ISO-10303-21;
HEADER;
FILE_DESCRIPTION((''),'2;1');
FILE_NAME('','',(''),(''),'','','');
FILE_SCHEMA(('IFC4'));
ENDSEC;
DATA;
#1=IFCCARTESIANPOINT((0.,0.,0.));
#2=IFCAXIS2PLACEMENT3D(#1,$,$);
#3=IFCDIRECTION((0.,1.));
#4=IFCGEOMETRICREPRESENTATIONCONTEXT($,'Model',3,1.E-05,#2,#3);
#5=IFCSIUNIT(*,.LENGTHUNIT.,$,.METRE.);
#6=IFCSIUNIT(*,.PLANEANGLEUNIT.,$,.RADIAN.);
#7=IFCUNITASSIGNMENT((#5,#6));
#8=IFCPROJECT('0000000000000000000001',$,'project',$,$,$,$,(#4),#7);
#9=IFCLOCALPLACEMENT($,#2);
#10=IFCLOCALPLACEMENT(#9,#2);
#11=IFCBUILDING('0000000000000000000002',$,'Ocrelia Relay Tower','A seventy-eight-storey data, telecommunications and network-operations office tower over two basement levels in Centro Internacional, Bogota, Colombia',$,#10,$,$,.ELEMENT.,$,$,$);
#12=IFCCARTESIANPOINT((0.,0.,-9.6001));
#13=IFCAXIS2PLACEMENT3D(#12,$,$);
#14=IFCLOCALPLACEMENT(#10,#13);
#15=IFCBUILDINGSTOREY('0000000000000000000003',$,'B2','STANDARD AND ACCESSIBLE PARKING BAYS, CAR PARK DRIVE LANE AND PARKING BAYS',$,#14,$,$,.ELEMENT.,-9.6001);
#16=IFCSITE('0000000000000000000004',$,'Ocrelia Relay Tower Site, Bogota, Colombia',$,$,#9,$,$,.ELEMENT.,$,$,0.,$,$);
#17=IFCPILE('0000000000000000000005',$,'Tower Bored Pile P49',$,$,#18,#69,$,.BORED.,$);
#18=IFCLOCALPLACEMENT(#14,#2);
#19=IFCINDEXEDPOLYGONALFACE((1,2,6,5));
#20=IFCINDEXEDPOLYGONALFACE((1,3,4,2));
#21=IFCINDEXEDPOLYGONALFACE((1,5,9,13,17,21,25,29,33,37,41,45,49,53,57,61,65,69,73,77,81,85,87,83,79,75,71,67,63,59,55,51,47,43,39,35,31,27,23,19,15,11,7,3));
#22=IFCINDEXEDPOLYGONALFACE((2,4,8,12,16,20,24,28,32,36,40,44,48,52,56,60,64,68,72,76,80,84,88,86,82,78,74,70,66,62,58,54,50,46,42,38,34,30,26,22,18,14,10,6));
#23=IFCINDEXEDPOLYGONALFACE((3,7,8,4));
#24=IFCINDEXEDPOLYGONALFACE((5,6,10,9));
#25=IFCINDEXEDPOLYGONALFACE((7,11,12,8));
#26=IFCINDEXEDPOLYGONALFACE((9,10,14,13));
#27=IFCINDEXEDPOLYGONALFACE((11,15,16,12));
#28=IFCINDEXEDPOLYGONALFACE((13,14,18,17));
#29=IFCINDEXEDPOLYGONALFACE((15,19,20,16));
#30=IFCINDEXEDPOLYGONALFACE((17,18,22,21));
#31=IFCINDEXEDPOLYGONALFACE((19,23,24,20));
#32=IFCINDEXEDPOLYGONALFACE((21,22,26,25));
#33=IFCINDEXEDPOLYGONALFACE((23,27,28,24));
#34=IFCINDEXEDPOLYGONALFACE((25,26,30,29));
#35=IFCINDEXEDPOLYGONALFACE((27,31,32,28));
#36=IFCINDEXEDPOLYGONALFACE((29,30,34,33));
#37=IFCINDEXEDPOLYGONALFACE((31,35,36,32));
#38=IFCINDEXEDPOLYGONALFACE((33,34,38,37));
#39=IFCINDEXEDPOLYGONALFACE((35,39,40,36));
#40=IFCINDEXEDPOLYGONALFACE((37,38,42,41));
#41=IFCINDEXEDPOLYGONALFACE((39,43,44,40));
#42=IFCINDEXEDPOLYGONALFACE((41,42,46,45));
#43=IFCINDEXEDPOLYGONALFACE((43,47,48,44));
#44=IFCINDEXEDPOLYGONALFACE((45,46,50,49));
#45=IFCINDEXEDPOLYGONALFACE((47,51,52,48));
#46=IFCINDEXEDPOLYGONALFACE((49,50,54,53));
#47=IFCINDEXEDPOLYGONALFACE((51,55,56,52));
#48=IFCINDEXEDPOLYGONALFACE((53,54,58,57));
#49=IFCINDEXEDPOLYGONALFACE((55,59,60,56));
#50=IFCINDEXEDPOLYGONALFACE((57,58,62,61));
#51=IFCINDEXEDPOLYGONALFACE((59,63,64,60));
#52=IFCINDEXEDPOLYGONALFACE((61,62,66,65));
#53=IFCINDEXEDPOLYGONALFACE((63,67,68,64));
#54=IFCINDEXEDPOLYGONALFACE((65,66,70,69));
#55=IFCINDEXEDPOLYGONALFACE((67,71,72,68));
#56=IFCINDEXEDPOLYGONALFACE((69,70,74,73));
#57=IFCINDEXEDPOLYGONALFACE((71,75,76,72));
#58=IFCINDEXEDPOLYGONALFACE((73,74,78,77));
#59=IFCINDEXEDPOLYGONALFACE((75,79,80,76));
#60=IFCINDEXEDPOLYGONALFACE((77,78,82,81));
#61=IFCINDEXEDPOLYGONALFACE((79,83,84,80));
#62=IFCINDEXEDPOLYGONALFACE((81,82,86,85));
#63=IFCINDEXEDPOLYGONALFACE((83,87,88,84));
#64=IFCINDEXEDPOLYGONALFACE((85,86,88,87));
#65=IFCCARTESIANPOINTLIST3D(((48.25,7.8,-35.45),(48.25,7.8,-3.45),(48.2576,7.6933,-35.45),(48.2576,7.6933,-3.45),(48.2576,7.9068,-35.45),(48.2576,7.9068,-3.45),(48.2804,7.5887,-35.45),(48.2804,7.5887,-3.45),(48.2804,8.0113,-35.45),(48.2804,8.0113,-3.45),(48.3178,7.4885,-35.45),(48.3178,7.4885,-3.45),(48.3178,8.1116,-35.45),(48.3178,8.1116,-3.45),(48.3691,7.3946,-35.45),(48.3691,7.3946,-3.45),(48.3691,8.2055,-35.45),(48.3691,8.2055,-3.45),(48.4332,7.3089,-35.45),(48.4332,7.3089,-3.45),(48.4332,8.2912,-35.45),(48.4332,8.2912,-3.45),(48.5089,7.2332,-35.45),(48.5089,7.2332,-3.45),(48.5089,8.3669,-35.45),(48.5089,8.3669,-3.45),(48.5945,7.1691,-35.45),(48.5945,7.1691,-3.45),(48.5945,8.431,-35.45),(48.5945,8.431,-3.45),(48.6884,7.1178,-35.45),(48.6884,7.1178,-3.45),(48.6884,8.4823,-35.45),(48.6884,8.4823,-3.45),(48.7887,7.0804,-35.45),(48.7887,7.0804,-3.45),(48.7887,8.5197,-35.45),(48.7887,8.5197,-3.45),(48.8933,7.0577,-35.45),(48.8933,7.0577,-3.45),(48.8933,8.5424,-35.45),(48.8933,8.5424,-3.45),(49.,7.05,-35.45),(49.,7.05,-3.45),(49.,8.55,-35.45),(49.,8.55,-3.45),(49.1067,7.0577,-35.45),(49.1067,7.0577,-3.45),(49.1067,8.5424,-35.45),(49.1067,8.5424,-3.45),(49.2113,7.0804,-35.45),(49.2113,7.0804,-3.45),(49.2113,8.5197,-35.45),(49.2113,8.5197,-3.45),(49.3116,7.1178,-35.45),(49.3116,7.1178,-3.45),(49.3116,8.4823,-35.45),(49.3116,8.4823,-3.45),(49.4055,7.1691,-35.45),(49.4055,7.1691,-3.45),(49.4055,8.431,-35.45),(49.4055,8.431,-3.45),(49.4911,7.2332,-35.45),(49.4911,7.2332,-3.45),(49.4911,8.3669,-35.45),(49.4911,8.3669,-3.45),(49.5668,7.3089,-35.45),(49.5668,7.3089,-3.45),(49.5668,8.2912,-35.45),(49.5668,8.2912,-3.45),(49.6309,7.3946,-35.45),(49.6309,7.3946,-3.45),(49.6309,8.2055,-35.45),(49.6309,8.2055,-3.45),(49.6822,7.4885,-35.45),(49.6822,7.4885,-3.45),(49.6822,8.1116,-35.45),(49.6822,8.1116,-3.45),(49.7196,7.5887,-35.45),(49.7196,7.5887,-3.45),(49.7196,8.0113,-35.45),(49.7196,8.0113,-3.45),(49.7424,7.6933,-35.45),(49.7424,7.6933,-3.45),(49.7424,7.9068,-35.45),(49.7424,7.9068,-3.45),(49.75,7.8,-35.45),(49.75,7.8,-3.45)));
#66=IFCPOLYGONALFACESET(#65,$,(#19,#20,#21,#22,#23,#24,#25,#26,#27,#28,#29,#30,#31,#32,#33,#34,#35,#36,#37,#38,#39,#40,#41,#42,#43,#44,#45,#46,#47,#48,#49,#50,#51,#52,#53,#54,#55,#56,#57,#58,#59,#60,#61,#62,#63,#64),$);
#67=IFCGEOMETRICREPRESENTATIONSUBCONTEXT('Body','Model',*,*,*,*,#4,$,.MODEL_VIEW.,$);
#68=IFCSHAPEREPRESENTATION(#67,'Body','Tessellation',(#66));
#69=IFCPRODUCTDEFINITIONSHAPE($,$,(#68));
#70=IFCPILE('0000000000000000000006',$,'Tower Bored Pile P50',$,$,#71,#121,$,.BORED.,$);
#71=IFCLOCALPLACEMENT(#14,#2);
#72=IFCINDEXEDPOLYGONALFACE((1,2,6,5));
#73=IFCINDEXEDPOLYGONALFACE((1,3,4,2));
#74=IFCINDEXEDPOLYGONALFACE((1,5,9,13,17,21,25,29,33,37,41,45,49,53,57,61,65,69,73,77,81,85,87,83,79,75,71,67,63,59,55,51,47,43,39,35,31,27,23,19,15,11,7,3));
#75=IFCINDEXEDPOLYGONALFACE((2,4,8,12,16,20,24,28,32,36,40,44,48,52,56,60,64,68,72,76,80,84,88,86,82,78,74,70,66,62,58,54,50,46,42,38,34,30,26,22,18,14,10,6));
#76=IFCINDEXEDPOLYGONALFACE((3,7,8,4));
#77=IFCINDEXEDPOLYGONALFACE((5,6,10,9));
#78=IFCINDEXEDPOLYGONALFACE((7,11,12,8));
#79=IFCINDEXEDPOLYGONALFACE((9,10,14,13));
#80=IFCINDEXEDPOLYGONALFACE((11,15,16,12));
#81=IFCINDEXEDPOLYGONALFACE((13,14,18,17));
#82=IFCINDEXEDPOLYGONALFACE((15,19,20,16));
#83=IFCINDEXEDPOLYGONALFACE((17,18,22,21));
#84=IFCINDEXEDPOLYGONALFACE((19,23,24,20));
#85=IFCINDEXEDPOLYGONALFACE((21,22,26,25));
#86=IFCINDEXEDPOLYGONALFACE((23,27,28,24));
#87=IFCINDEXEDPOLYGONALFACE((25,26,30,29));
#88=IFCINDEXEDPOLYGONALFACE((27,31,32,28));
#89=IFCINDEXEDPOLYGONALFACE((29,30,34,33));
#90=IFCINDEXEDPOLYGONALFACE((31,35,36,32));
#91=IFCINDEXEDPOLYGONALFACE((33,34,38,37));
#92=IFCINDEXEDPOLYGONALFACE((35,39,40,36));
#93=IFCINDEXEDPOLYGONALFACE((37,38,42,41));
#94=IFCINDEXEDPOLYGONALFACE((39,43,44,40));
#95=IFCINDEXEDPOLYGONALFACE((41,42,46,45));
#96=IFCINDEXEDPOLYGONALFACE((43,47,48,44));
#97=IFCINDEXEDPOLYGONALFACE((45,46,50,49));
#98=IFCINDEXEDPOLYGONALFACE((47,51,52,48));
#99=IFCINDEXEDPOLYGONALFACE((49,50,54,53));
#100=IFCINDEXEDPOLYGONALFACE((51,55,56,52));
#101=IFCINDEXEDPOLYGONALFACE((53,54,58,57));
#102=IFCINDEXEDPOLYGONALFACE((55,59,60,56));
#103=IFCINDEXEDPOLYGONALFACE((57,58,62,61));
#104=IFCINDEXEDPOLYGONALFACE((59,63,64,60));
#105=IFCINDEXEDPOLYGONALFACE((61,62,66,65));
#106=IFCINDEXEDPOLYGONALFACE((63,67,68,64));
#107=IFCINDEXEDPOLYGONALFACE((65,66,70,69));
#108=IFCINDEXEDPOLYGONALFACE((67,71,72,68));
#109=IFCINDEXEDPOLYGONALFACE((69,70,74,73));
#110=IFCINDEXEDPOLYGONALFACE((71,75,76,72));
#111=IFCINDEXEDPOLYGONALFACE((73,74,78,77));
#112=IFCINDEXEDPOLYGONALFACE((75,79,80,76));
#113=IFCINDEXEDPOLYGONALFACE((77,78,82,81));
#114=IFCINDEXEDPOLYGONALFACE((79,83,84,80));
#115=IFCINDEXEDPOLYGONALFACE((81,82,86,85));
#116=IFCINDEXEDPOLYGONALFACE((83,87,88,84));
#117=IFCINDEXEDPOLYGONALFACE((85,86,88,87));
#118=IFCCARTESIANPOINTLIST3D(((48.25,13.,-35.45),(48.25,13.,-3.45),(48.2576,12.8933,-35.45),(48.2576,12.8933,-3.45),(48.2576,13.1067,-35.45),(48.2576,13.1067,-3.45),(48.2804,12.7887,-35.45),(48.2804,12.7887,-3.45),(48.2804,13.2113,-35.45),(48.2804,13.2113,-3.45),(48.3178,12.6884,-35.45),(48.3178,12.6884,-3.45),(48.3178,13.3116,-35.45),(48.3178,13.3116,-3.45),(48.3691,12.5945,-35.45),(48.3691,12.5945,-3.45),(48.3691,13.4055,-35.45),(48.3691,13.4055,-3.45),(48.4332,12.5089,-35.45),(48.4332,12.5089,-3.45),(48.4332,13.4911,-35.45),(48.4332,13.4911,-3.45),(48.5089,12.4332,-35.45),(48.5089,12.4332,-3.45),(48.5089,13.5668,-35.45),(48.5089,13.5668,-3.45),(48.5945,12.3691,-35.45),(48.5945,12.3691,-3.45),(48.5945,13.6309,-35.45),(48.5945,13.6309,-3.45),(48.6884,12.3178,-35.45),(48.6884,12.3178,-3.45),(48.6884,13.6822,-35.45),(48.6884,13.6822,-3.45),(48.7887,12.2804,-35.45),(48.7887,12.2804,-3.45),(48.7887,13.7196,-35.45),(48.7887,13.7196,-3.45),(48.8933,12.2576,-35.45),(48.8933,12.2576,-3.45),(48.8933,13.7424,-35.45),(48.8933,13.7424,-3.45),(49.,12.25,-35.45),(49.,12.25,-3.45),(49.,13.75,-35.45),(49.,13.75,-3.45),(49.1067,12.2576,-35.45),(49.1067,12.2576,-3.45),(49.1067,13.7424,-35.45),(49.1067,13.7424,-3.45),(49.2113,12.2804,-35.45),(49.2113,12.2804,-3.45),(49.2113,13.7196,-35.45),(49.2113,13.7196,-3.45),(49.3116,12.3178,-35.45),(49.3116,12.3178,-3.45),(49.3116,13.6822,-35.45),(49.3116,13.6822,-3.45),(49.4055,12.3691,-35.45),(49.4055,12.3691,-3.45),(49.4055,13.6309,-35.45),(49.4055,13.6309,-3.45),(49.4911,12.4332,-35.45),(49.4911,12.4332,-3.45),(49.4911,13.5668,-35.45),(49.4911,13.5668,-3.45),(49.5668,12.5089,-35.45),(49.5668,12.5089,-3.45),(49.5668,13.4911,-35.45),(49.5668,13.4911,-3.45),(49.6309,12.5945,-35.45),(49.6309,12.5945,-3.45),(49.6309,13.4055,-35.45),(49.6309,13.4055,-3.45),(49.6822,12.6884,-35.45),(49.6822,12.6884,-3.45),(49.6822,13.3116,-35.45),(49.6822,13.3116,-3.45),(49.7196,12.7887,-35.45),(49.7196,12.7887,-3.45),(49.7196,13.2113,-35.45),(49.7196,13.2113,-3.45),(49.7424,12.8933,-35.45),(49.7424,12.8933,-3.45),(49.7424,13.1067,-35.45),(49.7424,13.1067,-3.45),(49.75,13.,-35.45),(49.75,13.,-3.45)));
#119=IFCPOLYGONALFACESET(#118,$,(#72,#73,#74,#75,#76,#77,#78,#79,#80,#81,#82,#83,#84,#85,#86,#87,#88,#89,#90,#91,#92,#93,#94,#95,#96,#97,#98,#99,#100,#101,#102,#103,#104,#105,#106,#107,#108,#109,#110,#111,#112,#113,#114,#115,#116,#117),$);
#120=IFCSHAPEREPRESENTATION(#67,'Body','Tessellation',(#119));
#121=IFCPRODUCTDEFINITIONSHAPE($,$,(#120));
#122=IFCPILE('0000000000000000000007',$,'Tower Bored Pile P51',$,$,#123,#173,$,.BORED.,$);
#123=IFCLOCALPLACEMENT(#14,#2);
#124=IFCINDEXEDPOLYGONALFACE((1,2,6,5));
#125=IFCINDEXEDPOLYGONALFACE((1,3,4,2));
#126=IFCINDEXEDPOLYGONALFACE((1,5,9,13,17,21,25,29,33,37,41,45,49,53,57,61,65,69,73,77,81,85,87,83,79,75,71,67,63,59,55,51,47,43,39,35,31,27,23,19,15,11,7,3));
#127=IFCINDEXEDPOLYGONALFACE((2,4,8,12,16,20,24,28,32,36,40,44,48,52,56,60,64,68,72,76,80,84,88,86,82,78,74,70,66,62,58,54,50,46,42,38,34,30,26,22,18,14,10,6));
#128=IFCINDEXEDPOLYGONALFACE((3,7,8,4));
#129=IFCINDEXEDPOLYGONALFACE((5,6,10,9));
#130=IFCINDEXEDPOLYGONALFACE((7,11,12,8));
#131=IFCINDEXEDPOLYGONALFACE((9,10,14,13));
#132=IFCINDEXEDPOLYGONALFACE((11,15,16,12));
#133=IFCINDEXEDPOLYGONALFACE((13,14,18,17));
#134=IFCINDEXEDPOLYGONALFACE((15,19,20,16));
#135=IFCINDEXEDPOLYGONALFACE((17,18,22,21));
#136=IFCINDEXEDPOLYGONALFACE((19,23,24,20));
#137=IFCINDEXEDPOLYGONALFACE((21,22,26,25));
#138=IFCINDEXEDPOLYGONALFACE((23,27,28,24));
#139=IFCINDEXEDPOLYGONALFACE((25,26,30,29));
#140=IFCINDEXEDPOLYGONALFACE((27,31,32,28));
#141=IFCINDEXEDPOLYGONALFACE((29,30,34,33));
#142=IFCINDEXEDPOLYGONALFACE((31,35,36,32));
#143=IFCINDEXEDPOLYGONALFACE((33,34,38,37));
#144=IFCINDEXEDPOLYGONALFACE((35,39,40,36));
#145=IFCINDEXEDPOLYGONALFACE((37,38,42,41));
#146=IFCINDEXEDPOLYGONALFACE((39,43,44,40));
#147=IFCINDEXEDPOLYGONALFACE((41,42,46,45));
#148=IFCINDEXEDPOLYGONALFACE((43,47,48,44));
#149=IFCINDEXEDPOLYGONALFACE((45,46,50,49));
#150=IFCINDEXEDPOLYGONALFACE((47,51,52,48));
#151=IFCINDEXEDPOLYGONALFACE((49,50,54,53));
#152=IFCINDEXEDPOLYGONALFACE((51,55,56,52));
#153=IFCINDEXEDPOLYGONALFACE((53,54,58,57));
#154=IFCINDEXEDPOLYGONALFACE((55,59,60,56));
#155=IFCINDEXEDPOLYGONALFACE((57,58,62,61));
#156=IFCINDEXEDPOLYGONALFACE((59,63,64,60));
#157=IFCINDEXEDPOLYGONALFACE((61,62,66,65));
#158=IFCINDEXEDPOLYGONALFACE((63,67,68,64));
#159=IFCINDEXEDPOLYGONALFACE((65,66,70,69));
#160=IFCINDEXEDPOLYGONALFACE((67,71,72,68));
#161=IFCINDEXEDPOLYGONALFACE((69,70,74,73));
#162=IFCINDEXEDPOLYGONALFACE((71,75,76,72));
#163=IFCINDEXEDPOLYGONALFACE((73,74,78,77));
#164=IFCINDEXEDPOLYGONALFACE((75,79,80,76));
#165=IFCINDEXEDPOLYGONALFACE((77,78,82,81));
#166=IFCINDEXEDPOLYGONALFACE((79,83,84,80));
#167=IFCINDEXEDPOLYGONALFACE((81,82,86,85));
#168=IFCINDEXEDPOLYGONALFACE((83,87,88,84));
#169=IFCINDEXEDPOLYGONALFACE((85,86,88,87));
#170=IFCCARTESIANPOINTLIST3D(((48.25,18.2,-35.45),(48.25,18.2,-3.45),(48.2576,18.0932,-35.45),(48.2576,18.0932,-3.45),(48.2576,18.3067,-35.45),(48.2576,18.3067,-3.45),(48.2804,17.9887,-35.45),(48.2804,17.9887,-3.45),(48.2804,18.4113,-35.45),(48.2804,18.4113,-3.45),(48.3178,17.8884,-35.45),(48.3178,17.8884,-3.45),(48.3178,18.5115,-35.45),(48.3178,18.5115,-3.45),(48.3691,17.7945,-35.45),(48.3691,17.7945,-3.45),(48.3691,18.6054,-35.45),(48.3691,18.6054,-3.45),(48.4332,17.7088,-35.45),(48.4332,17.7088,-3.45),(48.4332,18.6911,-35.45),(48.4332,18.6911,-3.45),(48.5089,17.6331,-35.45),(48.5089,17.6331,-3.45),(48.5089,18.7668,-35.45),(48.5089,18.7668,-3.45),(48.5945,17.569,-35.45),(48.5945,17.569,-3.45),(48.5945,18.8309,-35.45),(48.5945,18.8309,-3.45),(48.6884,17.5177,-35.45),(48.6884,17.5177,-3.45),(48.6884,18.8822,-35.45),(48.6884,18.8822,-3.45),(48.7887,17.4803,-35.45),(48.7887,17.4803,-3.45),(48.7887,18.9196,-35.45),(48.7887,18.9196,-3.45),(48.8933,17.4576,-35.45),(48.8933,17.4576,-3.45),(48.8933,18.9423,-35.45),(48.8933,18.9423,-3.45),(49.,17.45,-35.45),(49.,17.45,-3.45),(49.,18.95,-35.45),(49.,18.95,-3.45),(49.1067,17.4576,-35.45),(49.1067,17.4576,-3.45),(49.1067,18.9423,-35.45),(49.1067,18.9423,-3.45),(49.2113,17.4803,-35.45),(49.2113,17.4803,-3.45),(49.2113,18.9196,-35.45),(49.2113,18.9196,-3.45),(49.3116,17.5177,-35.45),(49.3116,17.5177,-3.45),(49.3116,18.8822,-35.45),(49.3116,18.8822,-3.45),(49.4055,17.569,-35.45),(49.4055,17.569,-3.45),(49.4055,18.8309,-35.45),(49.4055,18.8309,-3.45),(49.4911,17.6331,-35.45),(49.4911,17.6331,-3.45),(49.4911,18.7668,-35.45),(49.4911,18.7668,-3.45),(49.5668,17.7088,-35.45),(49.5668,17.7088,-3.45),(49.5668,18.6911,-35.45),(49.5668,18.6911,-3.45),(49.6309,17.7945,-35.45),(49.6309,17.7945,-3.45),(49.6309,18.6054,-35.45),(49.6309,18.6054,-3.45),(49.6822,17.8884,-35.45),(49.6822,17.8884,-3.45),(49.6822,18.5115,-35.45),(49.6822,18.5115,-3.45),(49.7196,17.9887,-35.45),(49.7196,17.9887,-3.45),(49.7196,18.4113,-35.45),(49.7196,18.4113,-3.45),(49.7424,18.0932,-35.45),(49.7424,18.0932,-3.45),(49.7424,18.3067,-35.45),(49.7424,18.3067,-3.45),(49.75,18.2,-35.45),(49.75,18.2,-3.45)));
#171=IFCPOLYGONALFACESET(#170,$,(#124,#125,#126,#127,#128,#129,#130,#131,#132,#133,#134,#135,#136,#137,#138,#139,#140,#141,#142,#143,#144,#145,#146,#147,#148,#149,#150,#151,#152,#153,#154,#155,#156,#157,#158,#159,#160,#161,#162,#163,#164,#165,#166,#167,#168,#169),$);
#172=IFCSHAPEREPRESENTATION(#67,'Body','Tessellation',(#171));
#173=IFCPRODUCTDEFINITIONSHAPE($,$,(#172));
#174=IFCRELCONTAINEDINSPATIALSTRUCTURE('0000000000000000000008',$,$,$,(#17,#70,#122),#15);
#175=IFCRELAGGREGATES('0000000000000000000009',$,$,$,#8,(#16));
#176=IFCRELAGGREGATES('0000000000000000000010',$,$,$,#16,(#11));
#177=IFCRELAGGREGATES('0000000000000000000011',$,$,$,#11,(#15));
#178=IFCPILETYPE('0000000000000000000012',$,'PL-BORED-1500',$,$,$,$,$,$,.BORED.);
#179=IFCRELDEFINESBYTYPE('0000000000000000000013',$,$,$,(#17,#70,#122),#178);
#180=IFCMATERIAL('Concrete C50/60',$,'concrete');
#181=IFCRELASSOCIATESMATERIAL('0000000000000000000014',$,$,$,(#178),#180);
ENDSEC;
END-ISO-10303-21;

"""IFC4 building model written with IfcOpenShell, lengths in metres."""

from ifc_helpers import new_model, si_unit, direction, frame, origin, origin_2d, place, context, subcontext, project, spatial, circle, extrude, material, material_profile, profile_set, type_object, element, save


model = new_model("IFC4")

# Units and contexts
model_context = context("Model", 3, precision=1e-05, world=origin(), true_north=direction((0.0, 1.0)))
body_context = subcontext(model_context, "Body", "Model", "MODEL_VIEW")
ifc_project = project(units=[si_unit("LENGTHUNIT", "METRE"), si_unit("PLANEANGLEUNIT", "RADIAN")], contexts=[model_context])

# Site, building, storey
site_placement = place(None, origin())
site = spatial("IfcSite", under=ifc_project, at=site_placement, Name="Ocrelia Relay Tower Site, Bogota, Colombia", CompositionType="ELEMENT", RefElevation=0.0)
building_placement = place(site_placement, origin())
building = spatial("IfcBuilding", under=site, at=building_placement, Name="Ocrelia Relay Tower", Description="A seventy-eight-storey data, telecommunications and network-operations office tower over two basement levels in Centro Internacional, Bogota, Colombia", CompositionType="ELEMENT")
storey_placement = place(building_placement, frame((0.0, 0.0, -9.6001)))
storey = spatial("IfcBuildingStorey", under=building, at=storey_placement, Name="B2", Description="STANDARD AND ACCESSIBLE PARKING BAYS, CAR PARK DRIVE LANE AND PARKING BAYS", CompositionType="ELEMENT", Elevation=-9.6001)

# Piles
ifc_material_1 = material(Name="Concrete C50/60", Category="concrete")
ifc_material_profile_1 = material_profile(ifc_material_1, circle(Radius=0.75, at=origin_2d()), Name="PILE-1500")
ifc_profile_set_1 = profile_set([ifc_material_profile_1], Name="Concrete C50/60")
pile_type_1 = type_object("IfcPileType", Name="PL-BORED-1500", PredefinedType="BORED", material=ifc_profile_set_1)
for number, where, z_axis, x_axis, name in (
    (1, (49.0, 7.8, -3.45), (0.0, 0.0, -1.0), (1.0, 0.0, 0.0), "Tower Bored Pile P49"),
    (2, (49.0, 13.0, -3.45), (0.0, 0.0, -1.0), (1.0, 0.0, 0.0), "Tower Bored Pile P50"),
    (3, (49.0, 18.2, -3.45), (0.0, 0.0, -1.0), (1.0, 0.0, 0.0), "Tower Bored Pile P51"),
):
    element("IfcPile", number, at=place(storey_placement, frame(where, z_axis=z_axis, x_axis=x_axis)), inside=storey, type_object=pile_type_1, Name=name, PredefinedType="BORED", context=body_context, shape_type="SweptSolid", body=[
        extrude(circle(Radius=0.75, at=origin_2d()), origin(), (0.0, 0.0, 1.0), 32.0),
    ])

save(model, "model.ifc")
